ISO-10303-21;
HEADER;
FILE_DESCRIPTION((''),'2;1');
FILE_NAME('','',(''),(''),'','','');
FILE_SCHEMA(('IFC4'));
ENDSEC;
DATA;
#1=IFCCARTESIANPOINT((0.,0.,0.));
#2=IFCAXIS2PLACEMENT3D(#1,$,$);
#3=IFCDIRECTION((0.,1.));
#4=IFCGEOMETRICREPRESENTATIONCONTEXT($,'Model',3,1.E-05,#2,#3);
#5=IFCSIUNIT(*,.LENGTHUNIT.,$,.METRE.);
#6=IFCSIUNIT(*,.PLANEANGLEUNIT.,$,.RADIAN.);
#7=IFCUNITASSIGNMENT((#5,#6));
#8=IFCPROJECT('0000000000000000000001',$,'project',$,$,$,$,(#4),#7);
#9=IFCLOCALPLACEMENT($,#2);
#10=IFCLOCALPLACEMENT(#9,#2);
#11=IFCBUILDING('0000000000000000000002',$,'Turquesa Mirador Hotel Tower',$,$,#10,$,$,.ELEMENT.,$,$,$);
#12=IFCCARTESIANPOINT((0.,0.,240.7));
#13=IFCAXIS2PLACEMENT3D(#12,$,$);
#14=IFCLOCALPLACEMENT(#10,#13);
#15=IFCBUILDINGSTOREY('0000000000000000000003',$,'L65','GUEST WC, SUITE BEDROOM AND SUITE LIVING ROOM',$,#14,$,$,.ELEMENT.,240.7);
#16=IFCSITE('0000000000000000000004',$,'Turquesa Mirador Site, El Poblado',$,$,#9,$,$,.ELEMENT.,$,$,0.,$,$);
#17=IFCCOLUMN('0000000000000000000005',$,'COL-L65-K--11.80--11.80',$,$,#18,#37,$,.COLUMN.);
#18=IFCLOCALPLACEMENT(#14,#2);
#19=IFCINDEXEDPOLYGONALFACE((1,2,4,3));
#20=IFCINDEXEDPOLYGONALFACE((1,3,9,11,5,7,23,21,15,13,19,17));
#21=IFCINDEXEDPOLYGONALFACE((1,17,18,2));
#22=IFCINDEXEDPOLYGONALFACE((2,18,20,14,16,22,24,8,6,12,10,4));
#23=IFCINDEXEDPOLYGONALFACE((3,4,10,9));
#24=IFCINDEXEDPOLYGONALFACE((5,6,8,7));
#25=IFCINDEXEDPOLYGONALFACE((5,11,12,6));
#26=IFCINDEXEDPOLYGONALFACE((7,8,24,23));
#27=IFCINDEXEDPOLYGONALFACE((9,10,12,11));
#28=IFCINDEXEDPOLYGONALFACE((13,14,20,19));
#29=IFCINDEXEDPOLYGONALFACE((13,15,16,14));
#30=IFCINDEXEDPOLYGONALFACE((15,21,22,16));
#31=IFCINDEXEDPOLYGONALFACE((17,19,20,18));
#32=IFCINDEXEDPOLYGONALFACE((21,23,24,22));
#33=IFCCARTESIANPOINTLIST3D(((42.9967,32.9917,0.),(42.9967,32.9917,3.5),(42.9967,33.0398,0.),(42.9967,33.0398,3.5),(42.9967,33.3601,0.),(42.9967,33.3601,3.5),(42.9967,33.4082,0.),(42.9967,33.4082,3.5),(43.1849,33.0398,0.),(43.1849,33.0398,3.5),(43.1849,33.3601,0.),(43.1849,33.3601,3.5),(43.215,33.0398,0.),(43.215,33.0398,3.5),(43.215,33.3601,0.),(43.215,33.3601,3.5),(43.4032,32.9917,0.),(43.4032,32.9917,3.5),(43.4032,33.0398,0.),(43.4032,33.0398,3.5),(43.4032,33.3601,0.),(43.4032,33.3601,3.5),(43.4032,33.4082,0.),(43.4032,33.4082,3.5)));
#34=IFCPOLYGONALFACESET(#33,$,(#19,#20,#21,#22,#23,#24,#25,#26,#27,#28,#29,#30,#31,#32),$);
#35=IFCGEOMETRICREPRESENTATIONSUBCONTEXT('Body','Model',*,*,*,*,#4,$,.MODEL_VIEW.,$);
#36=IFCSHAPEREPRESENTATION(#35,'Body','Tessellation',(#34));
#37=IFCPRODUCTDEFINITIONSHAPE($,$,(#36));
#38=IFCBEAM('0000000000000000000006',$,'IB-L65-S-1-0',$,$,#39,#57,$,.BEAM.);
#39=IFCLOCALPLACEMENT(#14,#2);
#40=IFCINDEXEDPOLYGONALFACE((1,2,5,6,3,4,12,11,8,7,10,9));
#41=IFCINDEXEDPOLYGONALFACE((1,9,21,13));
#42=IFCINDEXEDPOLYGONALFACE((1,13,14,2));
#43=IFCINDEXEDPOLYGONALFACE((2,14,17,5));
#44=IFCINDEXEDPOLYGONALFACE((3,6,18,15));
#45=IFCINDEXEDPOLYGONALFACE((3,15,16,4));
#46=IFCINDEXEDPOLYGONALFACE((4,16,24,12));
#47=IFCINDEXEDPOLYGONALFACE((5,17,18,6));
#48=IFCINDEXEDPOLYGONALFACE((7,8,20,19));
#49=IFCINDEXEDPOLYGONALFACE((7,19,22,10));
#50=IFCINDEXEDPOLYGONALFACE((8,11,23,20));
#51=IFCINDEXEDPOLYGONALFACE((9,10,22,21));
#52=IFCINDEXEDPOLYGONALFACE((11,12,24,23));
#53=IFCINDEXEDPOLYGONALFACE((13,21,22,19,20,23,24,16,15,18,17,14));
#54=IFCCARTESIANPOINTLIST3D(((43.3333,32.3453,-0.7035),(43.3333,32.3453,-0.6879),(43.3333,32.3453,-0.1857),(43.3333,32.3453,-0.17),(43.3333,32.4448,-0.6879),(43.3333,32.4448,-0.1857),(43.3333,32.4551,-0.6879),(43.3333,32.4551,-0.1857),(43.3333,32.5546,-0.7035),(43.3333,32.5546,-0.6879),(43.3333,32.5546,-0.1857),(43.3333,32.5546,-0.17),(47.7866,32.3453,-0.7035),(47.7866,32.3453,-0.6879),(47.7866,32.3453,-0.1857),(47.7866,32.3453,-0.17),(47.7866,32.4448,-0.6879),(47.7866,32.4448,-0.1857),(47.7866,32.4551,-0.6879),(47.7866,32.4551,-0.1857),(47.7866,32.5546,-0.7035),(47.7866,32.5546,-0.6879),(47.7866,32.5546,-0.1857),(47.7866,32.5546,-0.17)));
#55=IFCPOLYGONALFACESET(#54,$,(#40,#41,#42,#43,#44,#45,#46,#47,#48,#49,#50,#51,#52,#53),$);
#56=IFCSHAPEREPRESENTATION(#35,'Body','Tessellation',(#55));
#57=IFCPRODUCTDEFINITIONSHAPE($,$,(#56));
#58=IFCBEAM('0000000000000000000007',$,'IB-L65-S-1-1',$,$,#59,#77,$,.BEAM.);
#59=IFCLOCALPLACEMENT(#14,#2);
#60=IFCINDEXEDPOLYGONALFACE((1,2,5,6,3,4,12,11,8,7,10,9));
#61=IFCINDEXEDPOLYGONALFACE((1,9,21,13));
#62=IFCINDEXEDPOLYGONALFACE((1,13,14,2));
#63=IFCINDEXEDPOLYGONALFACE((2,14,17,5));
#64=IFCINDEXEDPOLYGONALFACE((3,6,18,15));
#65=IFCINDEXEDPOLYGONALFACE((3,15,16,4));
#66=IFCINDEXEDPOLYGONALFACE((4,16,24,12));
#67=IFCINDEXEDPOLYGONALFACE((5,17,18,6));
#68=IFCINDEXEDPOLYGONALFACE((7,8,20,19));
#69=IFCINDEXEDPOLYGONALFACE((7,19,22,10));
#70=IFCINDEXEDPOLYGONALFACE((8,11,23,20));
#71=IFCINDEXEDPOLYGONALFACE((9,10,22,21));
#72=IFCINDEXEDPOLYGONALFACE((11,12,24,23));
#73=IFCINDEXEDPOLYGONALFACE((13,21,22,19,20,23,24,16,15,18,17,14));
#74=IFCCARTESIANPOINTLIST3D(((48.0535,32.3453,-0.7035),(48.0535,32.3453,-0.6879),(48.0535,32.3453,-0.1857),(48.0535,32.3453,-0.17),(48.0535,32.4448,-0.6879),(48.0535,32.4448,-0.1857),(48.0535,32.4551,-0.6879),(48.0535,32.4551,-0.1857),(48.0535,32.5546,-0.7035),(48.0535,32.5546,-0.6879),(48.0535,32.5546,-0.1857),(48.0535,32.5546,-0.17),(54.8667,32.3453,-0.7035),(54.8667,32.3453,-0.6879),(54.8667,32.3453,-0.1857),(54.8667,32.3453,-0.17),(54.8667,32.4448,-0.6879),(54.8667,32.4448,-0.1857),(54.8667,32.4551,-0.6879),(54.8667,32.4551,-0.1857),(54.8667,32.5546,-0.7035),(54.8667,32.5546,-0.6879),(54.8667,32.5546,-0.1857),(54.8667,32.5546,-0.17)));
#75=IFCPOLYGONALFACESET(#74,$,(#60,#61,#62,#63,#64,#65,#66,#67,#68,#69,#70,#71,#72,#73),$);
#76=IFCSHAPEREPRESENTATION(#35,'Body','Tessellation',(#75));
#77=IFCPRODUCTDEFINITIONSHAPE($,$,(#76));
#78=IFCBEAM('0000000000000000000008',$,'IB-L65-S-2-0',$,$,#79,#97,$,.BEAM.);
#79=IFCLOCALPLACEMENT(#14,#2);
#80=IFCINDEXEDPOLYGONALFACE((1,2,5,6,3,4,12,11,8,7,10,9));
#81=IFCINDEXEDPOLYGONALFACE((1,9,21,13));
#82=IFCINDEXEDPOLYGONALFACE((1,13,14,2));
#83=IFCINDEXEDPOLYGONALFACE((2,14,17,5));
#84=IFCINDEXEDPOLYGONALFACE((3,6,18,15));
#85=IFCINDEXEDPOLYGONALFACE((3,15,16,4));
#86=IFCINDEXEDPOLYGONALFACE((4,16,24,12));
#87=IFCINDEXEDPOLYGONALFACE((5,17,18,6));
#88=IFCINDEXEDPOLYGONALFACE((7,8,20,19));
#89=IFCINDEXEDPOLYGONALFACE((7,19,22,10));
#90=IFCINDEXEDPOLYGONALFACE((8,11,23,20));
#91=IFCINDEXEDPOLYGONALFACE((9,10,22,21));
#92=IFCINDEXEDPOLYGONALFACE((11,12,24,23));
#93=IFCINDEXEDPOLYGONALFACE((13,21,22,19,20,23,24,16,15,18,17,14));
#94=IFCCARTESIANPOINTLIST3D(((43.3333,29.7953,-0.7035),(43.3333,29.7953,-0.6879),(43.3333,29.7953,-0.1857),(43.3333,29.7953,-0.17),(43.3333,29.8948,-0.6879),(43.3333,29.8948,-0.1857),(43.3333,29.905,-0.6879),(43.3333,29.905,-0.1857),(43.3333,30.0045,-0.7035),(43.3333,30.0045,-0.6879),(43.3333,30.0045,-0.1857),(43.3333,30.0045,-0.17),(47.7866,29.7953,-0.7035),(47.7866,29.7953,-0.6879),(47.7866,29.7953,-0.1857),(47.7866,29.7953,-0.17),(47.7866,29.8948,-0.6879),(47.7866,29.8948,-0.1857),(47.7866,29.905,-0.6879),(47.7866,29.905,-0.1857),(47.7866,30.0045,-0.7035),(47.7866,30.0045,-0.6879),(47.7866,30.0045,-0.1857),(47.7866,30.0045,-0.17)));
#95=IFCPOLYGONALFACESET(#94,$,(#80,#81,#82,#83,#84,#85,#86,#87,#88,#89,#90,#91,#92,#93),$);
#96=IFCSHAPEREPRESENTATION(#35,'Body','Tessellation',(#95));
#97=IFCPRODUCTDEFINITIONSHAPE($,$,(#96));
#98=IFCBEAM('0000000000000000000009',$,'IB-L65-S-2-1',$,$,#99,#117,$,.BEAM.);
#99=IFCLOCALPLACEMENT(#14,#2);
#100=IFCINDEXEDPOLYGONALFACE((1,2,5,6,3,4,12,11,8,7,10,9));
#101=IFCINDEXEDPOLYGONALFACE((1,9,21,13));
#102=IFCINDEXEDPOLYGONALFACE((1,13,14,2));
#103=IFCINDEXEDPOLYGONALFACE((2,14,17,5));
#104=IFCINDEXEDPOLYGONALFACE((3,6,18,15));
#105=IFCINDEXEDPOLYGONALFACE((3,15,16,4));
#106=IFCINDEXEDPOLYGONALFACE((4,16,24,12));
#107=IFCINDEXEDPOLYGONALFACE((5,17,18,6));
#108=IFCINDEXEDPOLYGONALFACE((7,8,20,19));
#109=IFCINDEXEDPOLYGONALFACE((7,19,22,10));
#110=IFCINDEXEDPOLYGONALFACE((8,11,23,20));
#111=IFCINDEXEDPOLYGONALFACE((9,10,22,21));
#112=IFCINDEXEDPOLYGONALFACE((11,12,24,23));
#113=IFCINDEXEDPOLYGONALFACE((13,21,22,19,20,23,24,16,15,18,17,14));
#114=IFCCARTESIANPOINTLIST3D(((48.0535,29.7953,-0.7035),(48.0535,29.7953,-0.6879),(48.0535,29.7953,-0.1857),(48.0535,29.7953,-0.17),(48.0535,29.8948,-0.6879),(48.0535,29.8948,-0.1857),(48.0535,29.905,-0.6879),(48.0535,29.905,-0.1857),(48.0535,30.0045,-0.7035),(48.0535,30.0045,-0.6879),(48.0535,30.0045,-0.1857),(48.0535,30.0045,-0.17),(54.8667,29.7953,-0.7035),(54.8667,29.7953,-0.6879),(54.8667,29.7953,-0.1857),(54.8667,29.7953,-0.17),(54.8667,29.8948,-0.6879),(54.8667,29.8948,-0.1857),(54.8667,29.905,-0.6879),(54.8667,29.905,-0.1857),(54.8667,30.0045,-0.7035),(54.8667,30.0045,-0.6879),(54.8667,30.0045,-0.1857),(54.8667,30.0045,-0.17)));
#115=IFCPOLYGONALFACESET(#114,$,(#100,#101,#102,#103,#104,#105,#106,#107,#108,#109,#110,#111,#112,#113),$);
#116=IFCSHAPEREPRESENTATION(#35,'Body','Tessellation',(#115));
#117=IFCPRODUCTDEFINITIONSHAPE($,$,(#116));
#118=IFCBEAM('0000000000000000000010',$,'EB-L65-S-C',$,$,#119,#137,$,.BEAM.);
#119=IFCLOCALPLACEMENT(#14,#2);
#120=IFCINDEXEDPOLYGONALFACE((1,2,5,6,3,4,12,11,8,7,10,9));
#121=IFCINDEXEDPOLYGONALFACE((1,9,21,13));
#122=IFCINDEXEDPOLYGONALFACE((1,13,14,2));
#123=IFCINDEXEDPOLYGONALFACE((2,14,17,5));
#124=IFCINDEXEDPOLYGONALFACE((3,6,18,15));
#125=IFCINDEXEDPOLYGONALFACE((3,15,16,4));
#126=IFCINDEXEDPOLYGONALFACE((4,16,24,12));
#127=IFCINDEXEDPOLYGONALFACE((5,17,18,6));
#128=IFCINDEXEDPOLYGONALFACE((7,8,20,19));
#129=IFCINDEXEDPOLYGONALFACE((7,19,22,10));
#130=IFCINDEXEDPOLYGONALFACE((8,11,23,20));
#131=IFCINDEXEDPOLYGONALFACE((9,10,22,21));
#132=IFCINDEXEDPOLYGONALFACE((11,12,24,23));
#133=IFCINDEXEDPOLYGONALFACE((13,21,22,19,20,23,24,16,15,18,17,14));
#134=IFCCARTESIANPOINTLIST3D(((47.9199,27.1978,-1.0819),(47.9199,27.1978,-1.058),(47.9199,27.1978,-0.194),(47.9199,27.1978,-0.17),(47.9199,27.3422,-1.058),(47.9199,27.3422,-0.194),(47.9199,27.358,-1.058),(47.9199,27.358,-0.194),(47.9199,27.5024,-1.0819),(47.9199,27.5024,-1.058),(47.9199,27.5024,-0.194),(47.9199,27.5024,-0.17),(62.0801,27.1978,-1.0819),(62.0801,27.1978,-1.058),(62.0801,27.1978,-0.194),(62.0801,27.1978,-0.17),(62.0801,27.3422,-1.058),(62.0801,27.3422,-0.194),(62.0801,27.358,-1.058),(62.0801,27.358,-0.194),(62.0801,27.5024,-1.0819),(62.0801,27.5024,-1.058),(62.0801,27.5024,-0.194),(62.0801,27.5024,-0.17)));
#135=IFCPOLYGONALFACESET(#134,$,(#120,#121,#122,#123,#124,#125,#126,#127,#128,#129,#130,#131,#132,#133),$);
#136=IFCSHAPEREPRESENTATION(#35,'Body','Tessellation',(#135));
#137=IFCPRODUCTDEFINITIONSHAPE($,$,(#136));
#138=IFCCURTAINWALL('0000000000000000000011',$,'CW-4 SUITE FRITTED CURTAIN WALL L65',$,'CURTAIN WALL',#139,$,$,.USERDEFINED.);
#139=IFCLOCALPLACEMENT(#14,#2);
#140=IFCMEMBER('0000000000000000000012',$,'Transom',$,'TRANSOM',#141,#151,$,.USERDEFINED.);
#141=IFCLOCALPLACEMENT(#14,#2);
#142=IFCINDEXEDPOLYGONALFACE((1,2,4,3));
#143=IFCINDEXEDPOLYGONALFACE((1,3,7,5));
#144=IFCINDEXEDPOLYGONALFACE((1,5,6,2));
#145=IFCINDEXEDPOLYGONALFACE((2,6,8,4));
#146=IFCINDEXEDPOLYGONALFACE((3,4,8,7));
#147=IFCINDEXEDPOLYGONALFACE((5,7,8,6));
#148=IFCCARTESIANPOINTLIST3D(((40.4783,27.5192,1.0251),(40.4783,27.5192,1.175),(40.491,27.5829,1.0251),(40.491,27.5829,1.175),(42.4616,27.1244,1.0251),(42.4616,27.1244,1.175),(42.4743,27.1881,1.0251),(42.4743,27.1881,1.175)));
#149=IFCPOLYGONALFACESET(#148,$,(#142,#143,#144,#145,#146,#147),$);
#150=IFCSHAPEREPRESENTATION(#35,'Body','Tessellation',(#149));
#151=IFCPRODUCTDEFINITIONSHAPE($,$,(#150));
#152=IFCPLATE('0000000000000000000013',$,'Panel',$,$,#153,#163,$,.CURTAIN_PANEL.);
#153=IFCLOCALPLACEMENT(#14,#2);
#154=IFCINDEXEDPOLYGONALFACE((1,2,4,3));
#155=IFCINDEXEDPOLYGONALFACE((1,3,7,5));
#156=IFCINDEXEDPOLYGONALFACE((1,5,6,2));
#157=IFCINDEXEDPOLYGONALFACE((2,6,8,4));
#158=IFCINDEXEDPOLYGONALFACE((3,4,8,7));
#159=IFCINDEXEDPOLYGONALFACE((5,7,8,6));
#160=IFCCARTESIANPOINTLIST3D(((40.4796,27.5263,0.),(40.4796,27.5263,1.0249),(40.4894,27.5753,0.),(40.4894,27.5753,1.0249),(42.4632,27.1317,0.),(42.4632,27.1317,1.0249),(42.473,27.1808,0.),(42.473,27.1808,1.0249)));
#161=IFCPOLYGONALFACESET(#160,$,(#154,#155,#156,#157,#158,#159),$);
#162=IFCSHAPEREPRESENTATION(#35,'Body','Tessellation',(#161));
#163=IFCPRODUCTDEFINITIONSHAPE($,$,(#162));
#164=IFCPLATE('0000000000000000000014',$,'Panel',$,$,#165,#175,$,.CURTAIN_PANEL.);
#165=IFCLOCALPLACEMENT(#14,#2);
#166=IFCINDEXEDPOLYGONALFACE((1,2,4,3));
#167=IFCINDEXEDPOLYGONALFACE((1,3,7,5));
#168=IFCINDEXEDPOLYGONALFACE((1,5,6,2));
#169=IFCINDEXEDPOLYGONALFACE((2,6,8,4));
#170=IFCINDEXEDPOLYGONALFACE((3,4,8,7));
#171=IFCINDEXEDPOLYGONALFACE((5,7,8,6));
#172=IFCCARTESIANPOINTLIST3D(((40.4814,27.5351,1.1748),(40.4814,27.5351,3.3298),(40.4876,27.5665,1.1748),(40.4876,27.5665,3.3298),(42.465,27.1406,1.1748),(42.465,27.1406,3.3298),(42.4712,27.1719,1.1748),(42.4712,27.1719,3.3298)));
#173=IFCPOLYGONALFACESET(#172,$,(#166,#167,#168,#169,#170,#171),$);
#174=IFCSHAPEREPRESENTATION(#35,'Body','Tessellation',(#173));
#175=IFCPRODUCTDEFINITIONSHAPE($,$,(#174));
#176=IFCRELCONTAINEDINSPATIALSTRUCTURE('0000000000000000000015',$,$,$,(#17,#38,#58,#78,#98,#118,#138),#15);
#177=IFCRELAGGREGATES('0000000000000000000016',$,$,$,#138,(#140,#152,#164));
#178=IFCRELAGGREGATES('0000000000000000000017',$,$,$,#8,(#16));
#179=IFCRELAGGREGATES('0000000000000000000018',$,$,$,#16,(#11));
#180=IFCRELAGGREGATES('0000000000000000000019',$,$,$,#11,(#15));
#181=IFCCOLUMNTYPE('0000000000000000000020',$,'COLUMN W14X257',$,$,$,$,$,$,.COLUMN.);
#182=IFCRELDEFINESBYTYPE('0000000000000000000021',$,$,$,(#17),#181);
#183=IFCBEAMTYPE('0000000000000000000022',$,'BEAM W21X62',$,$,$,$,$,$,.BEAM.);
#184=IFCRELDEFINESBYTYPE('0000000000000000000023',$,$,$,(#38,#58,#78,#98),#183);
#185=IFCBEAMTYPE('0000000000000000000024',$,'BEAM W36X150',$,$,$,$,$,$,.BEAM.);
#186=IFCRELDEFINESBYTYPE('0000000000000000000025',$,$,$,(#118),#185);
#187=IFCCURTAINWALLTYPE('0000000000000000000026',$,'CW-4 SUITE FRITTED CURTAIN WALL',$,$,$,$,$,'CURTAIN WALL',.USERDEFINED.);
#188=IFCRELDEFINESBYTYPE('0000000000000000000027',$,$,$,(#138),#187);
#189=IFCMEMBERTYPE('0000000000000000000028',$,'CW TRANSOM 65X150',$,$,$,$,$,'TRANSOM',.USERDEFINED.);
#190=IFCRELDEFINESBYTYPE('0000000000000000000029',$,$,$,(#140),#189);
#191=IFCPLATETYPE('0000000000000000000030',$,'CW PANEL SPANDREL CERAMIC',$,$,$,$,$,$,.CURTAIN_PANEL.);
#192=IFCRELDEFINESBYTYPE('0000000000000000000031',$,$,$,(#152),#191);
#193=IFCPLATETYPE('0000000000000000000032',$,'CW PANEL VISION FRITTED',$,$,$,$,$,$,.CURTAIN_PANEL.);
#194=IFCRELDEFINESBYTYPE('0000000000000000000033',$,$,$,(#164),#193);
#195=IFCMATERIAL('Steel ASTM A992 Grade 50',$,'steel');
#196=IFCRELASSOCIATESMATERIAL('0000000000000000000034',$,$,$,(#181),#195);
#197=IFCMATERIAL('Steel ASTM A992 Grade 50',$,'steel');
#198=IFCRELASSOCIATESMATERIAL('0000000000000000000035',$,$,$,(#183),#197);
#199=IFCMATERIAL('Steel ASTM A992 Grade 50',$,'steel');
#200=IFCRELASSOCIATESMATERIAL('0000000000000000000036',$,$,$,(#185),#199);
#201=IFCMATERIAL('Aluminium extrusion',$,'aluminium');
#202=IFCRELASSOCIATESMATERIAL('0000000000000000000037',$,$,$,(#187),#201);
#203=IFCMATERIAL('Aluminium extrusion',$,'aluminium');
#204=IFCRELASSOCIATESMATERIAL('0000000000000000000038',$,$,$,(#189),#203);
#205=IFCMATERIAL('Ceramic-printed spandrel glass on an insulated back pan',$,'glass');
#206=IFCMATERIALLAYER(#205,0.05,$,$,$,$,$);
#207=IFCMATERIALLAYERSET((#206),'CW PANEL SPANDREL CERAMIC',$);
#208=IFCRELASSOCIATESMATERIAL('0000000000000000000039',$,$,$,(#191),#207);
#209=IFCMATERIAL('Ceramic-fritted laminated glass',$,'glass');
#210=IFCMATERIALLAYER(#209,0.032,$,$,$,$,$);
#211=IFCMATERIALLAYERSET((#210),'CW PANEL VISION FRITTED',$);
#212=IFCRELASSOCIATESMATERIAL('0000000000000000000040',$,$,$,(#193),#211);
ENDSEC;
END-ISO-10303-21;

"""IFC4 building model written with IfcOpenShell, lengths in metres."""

from ifc_helpers import new_model, si_unit, direction, frame, origin, origin_2d, place, context, subcontext, project, spatial, rectangle, i_section, extrude, material, layer, layer_set, material_profile, profile_set, type_object, element, aggregate, save


model = new_model("IFC4")

# Units and contexts
model_context = context("Model", 3, precision=1e-05, world=origin(), true_north=direction((0.0, 1.0)))
body_context = subcontext(model_context, "Body", "Model", "MODEL_VIEW")
ifc_project = project(units=[si_unit("LENGTHUNIT", "METRE"), si_unit("PLANEANGLEUNIT", "RADIAN")], contexts=[model_context])

# Site, building, storey
site_placement = place(None, origin())
site = spatial("IfcSite", under=ifc_project, at=site_placement, Name="Turquesa Mirador Site, El Poblado", CompositionType="ELEMENT", RefElevation=0.0)
building_placement = place(site_placement, origin())
building = spatial("IfcBuilding", under=site, at=building_placement, Name="Turquesa Mirador Hotel Tower", CompositionType="ELEMENT")
storey_placement = place(building_placement, frame((0.0, 0.0, 240.7)))
storey = spatial("IfcBuildingStorey", under=building, at=storey_placement, Name="L65", Description="GUEST WC, SUITE BEDROOM AND SUITE LIVING ROOM", CompositionType="ELEMENT", Elevation=240.7)

# Column
ifc_material_1 = material(Name="Steel ASTM A992 Grade 50", Category="steel")
ifc_material_profile_1 = material_profile(ifc_material_1, i_section(OverallWidth=0.4065, OverallDepth=0.4165, WebThickness=0.03, FlangeThickness=0.0481, at=origin_2d()), Name="W14X257")
ifc_profile_set_1 = profile_set([ifc_material_profile_1], Name="Steel ASTM A992 Grade 50")
column_type = type_object("IfcColumnType", Name="COLUMN W14X257", PredefinedType="COLUMN", material=ifc_profile_set_1)
column_placement = place(storey_placement, frame((43.2, 33.2, 0.0), z_axis=(0.0, 0.0, 1.0), x_axis=(1.0, 0.0, 0.0)))
element("IfcColumn", 1, at=column_placement, inside=storey, type_object=column_type, Name="COL-L65-K--11.80--11.80", PredefinedType="COLUMN", context=body_context, shape_type="SweptSolid", body=[
    extrude(i_section(OverallWidth=0.4065, OverallDepth=0.4165, WebThickness=0.03, FlangeThickness=0.0481, at=origin_2d()), origin(), (0.0, 0.0, 1.0), 3.5),
])

# Beams
ifc_material_2 = material(Name="Steel ASTM A992 Grade 50", Category="steel")
ifc_material_profile_2 = material_profile(ifc_material_2, i_section(OverallWidth=0.2092, OverallDepth=0.5334, WebThickness=0.0103, FlangeThickness=0.0156, at=origin_2d()), Name="W21X62")
ifc_profile_set_2 = profile_set([ifc_material_profile_2], Name="Steel ASTM A992 Grade 50")
beam_type_1 = type_object("IfcBeamType", Name="BEAM W21X62", PredefinedType="BEAM", material=ifc_profile_set_2)
beam_1_placement = place(storey_placement, frame((43.3333, 32.45, -0.4368), z_axis=(1.0, 0.0, 0.0), x_axis=(0.0, 1.0, 0.0)))
element("IfcBeam", 2, at=beam_1_placement, inside=storey, type_object=beam_type_1, Name="IB-L65-S-1-0", PredefinedType="BEAM", context=body_context, shape_type="SweptSolid", body=[
    extrude(i_section(OverallWidth=0.2092, OverallDepth=0.5334, WebThickness=0.0103, FlangeThickness=0.0156, at=origin_2d()), origin(), (0.0, 0.0, 1.0), 4.4534),
])
beam_2_placement = place(storey_placement, frame((48.0535, 32.45, -0.4368), z_axis=(1.0, 0.0, 0.0), x_axis=(0.0, 1.0, 0.0)))
element("IfcBeam", 3, at=beam_2_placement, inside=storey, type_object=beam_type_1, Name="IB-L65-S-1-1", PredefinedType="BEAM", context=body_context, shape_type="SweptSolid", body=[
    extrude(i_section(OverallWidth=0.2092, OverallDepth=0.5334, WebThickness=0.0103, FlangeThickness=0.0156, at=origin_2d()), origin(), (0.0, 0.0, 1.0), 6.8132),
])
beam_3_placement = place(storey_placement, frame((43.3333, 29.8999, -0.4368), z_axis=(1.0, 0.0, 0.0), x_axis=(0.0, 1.0, 0.0)))
element("IfcBeam", 4, at=beam_3_placement, inside=storey, type_object=beam_type_1, Name="IB-L65-S-2-0", PredefinedType="BEAM", context=body_context, shape_type="SweptSolid", body=[
    extrude(i_section(OverallWidth=0.2092, OverallDepth=0.5334, WebThickness=0.0103, FlangeThickness=0.0156, at=origin_2d()), origin(), (0.0, 0.0, 1.0), 4.4534),
])
beam_4_placement = place(storey_placement, frame((48.0535, 29.8999, -0.4368), z_axis=(1.0, 0.0, 0.0), x_axis=(0.0, 1.0, 0.0)))
element("IfcBeam", 5, at=beam_4_placement, inside=storey, type_object=beam_type_1, Name="IB-L65-S-2-1", PredefinedType="BEAM", context=body_context, shape_type="SweptSolid", body=[
    extrude(i_section(OverallWidth=0.2092, OverallDepth=0.5334, WebThickness=0.0103, FlangeThickness=0.0156, at=origin_2d()), origin(), (0.0, 0.0, 1.0), 6.8132),
])
ifc_material_3 = material(Name="Steel ASTM A992 Grade 50", Category="steel")
ifc_material_profile_3 = material_profile(ifc_material_3, i_section(OverallWidth=0.3047, OverallDepth=0.9119, WebThickness=0.0159, FlangeThickness=0.0239, at=origin_2d()), Name="W36X150")
ifc_profile_set_3 = profile_set([ifc_material_profile_3], Name="Steel ASTM A992 Grade 50")
beam_type_2 = type_object("IfcBeamType", Name="BEAM W36X150", PredefinedType="BEAM", material=ifc_profile_set_3)
beam_5_placement = place(storey_placement, frame((47.9199, 27.3501, -0.626), z_axis=(1.0, 0.0, 0.0), x_axis=(0.0, 1.0, 0.0)))
element("IfcBeam", 6, at=beam_5_placement, inside=storey, type_object=beam_type_2, Name="EB-L65-S-C", PredefinedType="BEAM", context=body_context, shape_type="SweptSolid", body=[
    extrude(i_section(OverallWidth=0.3047, OverallDepth=0.9119, WebThickness=0.0159, FlangeThickness=0.0239, at=origin_2d()), origin(), (0.0, 0.0, 1.0), 14.1602),
])

# Curtain wall, member, plates
ifc_material_4 = material(Name="Aluminium extrusion", Category="aluminium")
curtain_wall_type = type_object("IfcCurtainWallType", Name="CW-4 SUITE FRITTED CURTAIN WALL", ElementType="CURTAIN WALL", PredefinedType="USERDEFINED", material=ifc_material_4)
curtain_wall_placement = place(storey_placement, origin())
curtain_wall = element("IfcCurtainWall", 7, at=curtain_wall_placement, inside=storey, type_object=curtain_wall_type, Name="CW-4 SUITE FRITTED CURTAIN WALL L65", ObjectType="CURTAIN WALL", PredefinedType="USERDEFINED")
ifc_material_5 = material(Name="Aluminium extrusion", Category="aluminium")
ifc_material_profile_4 = material_profile(ifc_material_5, rectangle(XDim=0.0649, YDim=0.1499, at=origin_2d()), Name="TRANSOM 65X150")
ifc_profile_set_4 = profile_set([ifc_material_profile_4], Name="Aluminium extrusion")
member_type = type_object("IfcMemberType", Name="CW TRANSOM 65X150", ElementType="TRANSOM", PredefinedType="USERDEFINED", material=ifc_profile_set_4)
member_placement = place(storey_placement, frame((40.4846, 27.551, 1.1001), z_axis=(0.980761, -0.195211, 0.0), x_axis=(0.195211, 0.980761, 0.0)))
member = element("IfcMember", 8, at=member_placement, type_object=member_type, Name="Transom", ObjectType="TRANSOM", PredefinedType="USERDEFINED", context=body_context, shape_type="SweptSolid", body=[
    extrude(rectangle(XDim=0.0649, YDim=0.1499, at=origin_2d()), origin(), (0.0, 0.0, 1.0), 2.0222),
])
ifc_material_6 = material(Name="Ceramic-printed spandrel glass on an insulated back pan", Category="glass")
ifc_layer_1 = layer(ifc_material_6, 0.05)
ifc_layer_set_1 = layer_set([ifc_layer_1], Name="CW PANEL SPANDREL CERAMIC")
plate_type_1 = type_object("IfcPlateType", Name="CW PANEL SPANDREL CERAMIC", PredefinedType="CURTAIN_PANEL", material=ifc_layer_set_1)
plate_1_placement = place(storey_placement, frame((41.4763, 27.3535, 0.0), z_axis=(0.0, 0.0, 1.0), x_axis=(0.980785, -0.195091, 0.0)))
plate_1 = element("IfcPlate", 9, at=plate_1_placement, type_object=plate_type_1, Name="Panel", PredefinedType="CURTAIN_PANEL", context=body_context, shape_type="SweptSolid", body=[
    extrude(rectangle(XDim=2.0225, YDim=0.05, at=origin_2d()), origin(), (0.0, 0.0, 1.0), 1.0249),
])
ifc_material_7 = material(Name="Ceramic-fritted laminated glass", Category="glass")
ifc_layer_2 = layer(ifc_material_7, 0.032)
ifc_layer_set_2 = layer_set([ifc_layer_2], Name="CW PANEL VISION FRITTED")
plate_type_2 = type_object("IfcPlateType", Name="CW PANEL VISION FRITTED", PredefinedType="CURTAIN_PANEL", material=ifc_layer_set_2)
plate_2_placement = place(storey_placement, frame((41.4763, 27.3535, 1.1748), z_axis=(0.0, 0.0, 1.0), x_axis=(0.980785, -0.195091, 0.0)))
plate_2 = element("IfcPlate", 10, at=plate_2_placement, type_object=plate_type_2, Name="Panel", PredefinedType="CURTAIN_PANEL", context=body_context, shape_type="SweptSolid", body=[
    extrude(rectangle(XDim=2.0225, YDim=0.032, at=origin_2d()), origin(), (0.0, 0.0, 1.0), 2.155),
])
aggregate(curtain_wall, [member, plate_1, plate_2])

save(model, "model.ifc")
